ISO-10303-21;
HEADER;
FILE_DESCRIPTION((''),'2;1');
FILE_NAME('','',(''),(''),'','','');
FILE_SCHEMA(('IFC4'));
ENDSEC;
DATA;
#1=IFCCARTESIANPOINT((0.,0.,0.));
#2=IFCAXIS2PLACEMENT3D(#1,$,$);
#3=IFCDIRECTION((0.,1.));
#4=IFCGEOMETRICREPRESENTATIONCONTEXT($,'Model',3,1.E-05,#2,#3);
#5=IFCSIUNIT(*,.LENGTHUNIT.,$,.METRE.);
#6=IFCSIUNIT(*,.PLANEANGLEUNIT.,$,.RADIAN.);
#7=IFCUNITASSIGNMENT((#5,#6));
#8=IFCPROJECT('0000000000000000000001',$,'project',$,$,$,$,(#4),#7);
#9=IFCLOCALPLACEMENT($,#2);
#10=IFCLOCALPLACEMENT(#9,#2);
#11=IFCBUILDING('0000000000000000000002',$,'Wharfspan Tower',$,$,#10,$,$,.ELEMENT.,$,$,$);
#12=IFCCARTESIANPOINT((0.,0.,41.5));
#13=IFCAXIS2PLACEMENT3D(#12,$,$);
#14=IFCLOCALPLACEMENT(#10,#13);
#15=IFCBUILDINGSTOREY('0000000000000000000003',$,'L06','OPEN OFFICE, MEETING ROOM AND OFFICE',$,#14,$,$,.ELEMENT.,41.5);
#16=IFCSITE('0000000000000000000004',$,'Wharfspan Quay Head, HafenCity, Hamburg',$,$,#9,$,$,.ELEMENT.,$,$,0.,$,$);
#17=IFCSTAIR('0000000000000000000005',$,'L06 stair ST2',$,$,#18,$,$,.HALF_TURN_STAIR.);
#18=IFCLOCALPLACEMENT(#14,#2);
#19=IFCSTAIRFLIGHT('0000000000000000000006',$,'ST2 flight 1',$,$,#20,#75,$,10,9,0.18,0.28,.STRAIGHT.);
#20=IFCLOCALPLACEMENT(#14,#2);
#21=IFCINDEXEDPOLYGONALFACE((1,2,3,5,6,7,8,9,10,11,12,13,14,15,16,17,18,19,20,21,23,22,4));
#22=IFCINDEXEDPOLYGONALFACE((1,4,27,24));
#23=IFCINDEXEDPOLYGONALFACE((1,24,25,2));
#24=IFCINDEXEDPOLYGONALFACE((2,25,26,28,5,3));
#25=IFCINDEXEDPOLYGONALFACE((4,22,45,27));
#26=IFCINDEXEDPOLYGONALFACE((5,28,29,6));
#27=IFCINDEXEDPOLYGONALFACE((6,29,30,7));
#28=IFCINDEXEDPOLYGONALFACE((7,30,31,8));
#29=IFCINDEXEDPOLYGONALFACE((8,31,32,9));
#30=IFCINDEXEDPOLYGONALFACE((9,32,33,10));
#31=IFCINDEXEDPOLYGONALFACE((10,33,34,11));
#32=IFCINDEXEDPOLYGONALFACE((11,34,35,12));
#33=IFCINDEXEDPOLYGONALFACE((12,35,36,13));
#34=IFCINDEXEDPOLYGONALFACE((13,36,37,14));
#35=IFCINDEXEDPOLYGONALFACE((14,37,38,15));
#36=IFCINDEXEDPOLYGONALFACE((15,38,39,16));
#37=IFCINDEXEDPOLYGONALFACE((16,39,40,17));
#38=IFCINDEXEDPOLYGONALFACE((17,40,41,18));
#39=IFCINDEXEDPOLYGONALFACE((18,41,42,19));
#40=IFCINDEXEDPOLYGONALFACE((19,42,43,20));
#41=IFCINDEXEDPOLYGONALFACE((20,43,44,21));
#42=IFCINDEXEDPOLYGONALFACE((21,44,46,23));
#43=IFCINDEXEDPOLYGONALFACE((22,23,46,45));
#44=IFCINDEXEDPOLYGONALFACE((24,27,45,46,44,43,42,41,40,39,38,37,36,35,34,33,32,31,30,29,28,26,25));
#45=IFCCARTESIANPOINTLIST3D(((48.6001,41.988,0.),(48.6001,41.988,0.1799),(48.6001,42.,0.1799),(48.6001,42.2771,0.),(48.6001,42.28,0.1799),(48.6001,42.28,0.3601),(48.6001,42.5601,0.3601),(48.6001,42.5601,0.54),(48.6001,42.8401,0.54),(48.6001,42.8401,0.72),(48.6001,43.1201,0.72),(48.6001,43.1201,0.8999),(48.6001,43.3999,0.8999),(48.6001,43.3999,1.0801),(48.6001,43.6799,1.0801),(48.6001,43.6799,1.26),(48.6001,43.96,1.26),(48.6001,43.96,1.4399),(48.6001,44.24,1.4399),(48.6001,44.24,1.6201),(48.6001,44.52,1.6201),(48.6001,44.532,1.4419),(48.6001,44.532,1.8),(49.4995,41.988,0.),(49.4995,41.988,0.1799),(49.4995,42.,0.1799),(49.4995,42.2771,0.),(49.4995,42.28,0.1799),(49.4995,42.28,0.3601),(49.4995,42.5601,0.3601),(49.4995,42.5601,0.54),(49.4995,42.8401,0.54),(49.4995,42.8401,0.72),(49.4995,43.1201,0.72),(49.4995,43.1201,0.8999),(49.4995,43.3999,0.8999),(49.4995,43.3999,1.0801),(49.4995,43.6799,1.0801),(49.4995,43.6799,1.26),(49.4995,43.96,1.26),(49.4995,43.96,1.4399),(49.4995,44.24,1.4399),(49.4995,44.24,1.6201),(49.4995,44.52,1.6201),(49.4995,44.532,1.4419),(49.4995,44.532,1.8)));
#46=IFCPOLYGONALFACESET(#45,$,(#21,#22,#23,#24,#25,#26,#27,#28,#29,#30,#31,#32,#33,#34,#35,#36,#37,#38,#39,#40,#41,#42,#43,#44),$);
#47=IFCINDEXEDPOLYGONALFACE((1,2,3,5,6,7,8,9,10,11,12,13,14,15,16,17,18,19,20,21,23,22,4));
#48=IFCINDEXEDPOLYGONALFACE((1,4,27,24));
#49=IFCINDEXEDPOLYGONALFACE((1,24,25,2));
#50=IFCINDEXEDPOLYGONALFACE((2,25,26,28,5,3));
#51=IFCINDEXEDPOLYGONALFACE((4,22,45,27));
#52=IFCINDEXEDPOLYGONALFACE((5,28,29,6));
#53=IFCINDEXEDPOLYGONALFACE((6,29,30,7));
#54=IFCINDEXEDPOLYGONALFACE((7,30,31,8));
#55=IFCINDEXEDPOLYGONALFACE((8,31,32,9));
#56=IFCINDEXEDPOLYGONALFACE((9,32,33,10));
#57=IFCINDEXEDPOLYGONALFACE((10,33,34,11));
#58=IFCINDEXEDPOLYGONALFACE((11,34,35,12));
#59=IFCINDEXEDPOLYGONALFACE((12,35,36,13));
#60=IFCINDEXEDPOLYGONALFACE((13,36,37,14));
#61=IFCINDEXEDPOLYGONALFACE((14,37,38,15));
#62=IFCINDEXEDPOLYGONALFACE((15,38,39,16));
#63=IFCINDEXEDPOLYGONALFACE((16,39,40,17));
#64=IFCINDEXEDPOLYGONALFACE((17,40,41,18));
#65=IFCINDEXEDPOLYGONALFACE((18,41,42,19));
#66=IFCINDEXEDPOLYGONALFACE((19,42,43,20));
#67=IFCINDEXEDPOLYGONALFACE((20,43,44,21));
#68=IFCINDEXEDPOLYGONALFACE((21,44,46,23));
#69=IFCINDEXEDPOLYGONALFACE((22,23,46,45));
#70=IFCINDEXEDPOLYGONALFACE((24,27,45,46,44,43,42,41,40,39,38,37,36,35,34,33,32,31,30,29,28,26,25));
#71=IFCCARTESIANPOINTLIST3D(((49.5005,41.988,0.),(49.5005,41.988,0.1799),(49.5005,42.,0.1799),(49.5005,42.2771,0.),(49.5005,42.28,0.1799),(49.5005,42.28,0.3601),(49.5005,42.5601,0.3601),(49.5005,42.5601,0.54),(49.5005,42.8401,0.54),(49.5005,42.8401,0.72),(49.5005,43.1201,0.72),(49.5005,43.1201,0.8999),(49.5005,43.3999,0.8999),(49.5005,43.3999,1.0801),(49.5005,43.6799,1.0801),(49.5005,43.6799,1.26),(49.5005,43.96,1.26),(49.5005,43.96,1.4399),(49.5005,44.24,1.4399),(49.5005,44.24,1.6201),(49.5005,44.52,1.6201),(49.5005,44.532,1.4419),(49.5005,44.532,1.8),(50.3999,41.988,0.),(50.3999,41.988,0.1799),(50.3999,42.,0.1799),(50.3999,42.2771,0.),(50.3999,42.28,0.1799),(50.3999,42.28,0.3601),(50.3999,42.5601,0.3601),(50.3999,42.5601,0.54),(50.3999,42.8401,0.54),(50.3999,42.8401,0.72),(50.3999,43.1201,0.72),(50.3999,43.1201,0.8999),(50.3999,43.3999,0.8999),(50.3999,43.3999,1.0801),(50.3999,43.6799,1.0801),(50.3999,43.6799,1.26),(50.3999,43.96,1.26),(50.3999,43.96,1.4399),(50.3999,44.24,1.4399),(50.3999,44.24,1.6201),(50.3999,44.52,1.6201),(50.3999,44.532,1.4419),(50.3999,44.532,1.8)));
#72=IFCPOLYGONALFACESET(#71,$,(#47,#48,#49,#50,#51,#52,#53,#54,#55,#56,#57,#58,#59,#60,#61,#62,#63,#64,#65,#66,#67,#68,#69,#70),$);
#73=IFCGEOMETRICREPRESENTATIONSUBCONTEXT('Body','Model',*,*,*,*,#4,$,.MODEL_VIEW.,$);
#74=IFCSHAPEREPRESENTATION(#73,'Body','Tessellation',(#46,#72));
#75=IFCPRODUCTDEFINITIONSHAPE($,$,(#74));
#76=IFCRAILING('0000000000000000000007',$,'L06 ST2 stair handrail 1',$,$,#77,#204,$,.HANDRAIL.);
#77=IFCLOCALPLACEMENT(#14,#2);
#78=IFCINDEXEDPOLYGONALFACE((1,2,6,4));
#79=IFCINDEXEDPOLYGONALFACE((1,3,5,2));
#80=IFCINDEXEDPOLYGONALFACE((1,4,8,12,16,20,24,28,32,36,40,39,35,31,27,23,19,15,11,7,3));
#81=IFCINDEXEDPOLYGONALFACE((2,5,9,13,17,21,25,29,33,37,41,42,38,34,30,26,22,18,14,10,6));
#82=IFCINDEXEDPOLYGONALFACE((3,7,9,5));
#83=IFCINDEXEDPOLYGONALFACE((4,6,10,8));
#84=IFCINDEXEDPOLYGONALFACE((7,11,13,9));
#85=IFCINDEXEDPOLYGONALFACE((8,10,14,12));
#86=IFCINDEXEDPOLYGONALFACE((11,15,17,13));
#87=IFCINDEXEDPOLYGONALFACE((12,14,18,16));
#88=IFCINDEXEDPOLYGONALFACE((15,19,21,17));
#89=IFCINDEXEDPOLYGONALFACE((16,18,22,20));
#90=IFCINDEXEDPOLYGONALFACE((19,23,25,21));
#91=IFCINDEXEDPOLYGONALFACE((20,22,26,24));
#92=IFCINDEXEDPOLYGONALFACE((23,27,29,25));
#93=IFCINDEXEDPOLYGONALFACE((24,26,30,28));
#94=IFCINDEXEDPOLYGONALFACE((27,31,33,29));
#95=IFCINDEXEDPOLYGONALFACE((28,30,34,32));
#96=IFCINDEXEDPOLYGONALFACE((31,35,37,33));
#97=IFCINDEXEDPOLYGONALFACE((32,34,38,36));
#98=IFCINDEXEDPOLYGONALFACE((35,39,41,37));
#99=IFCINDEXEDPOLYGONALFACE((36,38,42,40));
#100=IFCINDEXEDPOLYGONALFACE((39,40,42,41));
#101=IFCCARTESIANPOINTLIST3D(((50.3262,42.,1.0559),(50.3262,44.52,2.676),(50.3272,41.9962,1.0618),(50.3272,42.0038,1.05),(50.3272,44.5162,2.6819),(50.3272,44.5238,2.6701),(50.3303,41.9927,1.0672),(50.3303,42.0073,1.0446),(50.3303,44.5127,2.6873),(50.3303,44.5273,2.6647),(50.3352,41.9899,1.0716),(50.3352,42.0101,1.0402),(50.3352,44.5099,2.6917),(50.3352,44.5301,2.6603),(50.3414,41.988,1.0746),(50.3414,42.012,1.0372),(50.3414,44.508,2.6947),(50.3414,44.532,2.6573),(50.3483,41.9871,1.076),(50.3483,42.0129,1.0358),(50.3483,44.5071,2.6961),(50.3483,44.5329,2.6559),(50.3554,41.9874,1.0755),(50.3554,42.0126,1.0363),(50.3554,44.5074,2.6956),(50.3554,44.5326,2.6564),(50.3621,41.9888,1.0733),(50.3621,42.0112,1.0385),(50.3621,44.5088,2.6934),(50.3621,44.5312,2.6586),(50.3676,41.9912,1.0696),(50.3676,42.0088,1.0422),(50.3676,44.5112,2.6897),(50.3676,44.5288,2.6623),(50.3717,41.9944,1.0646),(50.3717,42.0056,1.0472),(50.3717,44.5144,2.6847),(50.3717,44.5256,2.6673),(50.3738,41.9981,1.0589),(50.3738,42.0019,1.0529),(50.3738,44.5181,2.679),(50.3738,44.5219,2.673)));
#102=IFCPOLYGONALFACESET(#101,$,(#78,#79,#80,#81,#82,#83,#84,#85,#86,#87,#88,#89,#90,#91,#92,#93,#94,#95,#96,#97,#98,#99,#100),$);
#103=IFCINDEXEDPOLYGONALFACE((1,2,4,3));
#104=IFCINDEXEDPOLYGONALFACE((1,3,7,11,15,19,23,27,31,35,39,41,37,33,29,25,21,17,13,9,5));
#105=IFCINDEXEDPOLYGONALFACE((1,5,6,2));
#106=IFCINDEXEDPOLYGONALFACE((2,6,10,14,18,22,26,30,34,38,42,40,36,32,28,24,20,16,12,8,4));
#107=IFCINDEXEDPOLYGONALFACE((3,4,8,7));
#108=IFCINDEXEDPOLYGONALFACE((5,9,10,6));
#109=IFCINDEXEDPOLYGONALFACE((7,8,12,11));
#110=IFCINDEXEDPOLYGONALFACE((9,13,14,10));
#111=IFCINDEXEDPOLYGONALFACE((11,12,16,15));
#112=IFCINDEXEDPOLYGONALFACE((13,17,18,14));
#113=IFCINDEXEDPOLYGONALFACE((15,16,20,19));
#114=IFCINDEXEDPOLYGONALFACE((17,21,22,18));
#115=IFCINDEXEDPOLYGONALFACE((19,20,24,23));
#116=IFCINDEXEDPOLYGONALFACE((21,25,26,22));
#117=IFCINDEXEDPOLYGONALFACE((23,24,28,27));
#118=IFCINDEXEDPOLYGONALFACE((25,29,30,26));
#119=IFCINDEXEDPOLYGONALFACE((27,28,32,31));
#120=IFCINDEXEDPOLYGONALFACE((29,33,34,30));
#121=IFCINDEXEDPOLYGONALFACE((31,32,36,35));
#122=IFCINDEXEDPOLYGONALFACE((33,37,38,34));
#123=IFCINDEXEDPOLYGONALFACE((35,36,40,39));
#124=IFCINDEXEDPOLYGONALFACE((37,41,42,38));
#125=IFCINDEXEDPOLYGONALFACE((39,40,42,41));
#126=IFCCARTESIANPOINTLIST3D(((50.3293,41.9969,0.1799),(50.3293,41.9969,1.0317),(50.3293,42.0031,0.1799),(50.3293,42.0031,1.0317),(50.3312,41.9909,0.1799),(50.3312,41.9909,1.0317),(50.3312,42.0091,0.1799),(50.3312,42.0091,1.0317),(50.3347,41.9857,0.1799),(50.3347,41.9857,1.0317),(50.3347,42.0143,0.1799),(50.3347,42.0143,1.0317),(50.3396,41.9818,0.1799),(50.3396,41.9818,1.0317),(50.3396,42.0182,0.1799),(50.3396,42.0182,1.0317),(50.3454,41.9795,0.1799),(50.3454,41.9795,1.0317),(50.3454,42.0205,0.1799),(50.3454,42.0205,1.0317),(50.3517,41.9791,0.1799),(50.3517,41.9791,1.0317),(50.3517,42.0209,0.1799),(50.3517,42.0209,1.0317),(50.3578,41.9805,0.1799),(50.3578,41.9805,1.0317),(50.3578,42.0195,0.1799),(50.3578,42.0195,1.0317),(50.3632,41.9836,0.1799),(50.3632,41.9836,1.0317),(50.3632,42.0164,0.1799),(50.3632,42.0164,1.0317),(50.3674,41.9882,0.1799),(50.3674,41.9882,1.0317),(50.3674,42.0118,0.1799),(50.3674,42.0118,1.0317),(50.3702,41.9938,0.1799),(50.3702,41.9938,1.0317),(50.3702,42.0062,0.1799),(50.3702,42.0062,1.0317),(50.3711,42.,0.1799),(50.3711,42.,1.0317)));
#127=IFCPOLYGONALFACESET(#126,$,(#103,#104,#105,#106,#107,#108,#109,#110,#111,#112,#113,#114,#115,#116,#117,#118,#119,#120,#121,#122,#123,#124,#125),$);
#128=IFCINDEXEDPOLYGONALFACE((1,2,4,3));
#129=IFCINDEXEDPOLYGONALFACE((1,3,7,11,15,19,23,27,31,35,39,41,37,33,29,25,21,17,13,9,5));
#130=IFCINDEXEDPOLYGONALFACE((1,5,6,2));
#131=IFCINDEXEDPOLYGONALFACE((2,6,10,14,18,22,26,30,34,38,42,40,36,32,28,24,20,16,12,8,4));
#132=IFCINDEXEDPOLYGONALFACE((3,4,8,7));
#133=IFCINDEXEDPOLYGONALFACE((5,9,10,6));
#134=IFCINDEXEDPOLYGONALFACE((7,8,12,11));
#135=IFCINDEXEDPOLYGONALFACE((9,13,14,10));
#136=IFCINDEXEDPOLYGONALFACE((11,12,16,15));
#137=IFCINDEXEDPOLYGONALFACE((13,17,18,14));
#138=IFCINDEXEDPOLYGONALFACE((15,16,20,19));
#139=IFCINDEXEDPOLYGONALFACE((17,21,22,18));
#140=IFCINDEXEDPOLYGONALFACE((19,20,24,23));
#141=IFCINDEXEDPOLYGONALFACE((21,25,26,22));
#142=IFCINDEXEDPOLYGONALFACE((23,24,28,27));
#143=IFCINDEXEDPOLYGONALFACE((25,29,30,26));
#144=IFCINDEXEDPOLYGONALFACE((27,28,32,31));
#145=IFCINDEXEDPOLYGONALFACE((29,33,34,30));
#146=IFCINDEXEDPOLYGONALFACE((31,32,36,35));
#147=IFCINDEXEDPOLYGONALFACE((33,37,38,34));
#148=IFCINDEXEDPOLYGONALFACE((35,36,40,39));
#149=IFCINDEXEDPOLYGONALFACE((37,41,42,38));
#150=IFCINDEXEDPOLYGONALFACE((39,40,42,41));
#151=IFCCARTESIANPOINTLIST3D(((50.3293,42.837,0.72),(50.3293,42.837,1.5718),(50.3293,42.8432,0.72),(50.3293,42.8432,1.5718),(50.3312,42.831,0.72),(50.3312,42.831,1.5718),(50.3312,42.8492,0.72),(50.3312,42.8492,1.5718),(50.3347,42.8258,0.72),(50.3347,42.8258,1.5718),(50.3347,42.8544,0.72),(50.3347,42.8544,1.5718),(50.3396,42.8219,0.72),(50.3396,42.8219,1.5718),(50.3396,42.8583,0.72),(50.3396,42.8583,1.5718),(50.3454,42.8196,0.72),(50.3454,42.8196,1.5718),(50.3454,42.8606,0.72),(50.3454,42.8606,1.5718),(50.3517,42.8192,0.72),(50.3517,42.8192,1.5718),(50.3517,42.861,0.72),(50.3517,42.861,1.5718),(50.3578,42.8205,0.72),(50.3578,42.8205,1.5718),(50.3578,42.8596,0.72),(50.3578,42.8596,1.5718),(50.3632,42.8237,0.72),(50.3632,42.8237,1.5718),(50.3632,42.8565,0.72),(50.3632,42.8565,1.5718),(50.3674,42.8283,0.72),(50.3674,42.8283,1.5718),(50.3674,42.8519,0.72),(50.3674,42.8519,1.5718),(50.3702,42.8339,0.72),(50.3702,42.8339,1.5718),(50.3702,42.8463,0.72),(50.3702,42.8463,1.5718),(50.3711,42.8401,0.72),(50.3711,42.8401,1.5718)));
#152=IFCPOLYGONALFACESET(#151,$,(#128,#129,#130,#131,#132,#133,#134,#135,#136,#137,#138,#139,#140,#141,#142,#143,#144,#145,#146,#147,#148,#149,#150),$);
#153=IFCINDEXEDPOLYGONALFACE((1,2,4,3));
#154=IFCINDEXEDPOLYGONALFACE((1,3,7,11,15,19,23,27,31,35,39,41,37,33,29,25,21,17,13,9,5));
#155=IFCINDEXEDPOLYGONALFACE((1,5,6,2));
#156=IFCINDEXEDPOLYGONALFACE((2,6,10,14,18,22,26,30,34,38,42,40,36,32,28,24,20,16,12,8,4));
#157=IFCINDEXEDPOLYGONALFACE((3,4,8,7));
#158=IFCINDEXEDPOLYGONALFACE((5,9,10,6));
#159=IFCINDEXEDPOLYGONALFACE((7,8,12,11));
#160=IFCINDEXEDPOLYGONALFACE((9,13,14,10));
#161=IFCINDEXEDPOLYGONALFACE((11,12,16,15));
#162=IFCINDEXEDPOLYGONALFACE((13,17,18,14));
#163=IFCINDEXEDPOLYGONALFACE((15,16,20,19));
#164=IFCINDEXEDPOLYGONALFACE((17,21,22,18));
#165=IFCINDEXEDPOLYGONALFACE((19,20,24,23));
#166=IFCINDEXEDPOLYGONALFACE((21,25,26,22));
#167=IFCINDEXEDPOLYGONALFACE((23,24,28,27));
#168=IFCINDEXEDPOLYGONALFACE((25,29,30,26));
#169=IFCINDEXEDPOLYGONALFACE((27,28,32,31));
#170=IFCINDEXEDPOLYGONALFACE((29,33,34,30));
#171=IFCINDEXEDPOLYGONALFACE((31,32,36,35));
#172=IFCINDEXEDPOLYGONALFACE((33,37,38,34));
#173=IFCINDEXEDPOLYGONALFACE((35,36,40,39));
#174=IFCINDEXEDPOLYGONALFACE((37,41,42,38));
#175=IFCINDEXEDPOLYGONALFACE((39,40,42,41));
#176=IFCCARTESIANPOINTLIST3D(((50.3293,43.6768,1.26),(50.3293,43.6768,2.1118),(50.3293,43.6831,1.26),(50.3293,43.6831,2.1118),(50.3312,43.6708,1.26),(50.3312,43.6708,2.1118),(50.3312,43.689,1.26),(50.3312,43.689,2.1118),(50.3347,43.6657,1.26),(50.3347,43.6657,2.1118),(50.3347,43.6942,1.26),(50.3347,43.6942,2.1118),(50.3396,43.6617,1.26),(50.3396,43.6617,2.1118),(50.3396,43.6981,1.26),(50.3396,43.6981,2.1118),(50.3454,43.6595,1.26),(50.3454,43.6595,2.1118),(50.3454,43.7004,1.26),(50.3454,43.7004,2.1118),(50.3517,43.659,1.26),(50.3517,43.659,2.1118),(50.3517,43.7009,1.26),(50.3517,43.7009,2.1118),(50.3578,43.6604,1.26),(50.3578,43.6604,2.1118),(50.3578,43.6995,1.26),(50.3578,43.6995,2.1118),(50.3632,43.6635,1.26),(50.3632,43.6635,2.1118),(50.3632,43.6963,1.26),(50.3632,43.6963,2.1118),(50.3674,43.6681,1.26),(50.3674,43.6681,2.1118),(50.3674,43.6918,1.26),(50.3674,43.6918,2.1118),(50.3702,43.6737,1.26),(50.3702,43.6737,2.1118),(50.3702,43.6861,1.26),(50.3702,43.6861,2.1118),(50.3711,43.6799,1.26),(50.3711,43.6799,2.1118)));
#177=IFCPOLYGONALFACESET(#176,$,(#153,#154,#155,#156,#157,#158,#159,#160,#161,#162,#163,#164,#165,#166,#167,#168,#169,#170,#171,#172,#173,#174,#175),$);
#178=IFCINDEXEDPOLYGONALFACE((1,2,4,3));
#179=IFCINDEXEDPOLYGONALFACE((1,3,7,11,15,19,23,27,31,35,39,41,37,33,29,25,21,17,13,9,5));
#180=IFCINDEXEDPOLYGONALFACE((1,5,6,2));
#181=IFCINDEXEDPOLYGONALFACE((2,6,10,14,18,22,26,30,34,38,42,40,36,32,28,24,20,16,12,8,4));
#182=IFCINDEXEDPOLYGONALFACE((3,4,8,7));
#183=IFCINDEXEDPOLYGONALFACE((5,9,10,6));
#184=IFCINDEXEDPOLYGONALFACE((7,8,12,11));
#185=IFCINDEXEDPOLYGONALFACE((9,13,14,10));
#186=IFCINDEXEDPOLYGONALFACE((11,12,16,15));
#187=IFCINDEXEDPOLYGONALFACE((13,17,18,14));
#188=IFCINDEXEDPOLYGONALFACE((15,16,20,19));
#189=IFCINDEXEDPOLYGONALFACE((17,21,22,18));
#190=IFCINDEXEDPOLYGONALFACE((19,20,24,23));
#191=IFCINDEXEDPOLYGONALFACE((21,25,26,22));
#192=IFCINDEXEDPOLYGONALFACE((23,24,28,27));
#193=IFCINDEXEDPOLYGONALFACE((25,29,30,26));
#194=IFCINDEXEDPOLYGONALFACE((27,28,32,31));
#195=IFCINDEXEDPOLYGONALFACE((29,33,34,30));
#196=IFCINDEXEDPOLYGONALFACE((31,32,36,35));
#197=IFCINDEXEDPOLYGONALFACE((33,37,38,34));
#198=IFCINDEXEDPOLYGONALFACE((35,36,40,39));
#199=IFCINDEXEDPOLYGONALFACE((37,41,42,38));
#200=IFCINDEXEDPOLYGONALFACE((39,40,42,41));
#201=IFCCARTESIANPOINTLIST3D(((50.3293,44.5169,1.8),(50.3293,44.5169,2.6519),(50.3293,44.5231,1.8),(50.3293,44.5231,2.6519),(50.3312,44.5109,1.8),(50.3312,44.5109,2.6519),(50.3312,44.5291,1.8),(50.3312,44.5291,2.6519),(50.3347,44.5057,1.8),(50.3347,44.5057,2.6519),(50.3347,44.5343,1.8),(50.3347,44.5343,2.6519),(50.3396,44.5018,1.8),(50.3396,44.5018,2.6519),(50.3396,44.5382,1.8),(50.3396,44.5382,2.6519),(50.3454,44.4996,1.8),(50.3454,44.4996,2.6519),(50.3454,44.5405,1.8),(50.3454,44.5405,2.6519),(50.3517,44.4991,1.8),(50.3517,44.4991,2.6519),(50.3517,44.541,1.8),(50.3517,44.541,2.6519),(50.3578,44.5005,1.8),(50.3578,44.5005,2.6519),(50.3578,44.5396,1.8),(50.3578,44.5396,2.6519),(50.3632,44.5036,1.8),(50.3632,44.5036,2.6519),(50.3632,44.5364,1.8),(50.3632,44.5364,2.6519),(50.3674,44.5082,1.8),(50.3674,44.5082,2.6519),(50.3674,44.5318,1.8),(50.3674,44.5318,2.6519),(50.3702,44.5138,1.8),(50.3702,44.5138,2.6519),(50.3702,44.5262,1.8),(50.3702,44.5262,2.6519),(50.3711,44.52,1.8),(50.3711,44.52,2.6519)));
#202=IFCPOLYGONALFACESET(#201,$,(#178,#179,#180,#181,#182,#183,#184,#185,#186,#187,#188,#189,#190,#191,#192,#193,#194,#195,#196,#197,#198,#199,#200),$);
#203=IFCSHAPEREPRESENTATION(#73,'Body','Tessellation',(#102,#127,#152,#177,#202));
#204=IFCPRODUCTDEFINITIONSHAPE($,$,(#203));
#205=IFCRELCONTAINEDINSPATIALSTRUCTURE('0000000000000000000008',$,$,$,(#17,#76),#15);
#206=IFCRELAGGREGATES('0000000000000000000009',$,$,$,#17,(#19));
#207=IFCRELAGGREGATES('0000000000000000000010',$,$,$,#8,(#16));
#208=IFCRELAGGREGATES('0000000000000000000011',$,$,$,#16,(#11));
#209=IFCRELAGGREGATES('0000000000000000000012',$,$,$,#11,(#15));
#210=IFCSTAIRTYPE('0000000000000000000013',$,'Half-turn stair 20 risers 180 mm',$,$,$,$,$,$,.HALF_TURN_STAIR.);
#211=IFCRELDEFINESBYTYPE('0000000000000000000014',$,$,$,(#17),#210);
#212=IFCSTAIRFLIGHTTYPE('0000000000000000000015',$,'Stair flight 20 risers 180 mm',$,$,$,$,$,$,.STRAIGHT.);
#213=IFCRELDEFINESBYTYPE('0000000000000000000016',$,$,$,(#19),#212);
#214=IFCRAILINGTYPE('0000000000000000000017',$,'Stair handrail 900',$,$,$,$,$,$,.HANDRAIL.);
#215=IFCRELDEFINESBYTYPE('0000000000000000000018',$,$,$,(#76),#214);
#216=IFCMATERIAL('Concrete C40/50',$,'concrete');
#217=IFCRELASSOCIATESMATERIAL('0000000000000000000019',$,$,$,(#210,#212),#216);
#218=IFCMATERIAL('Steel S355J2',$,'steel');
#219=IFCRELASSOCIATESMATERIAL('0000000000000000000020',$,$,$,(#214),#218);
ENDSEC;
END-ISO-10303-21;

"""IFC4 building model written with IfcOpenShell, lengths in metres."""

from ifc_helpers import new_model, si_unit, direction, frame, origin, origin_2d, place, context, subcontext, project, spatial, polyline, circle, outline, extrude, material, type_object, element, aggregate, save


model = new_model("IFC4")

# Units and contexts
model_context = context("Model", 3, precision=1e-05, world=origin(), true_north=direction((0.0, 1.0)))
body_context = subcontext(model_context, "Body", "Model", "MODEL_VIEW")
ifc_project = project(units=[si_unit("LENGTHUNIT", "METRE"), si_unit("PLANEANGLEUNIT", "RADIAN")], contexts=[model_context])

# Site, building, storey
site_placement = place(None, origin())
site = spatial("IfcSite", under=ifc_project, at=site_placement, Name="Wharfspan Quay Head, HafenCity, Hamburg", CompositionType="ELEMENT", RefElevation=0.0)
building_placement = place(site_placement, origin())
building = spatial("IfcBuilding", under=site, at=building_placement, Name="Wharfspan Tower", CompositionType="ELEMENT")
storey_placement = place(building_placement, frame((0.0, 0.0, 41.5)))
storey = spatial("IfcBuildingStorey", under=building, at=storey_placement, Name="L06", Description="OPEN OFFICE, MEETING ROOM AND OFFICE", CompositionType="ELEMENT", Elevation=41.5)

# Shared definitions
ifc_material_1 = material(Name="Steel S355J2", Category="steel")

# Shared definitions
ifc_material_2 = material(Name="Concrete C40/50", Category="concrete")

# Stair, stair flight
stair_type = type_object("IfcStairType", Name="Half-turn stair 20 risers 180 mm", PredefinedType="HALF_TURN_STAIR", material=ifc_material_2)
stair_placement = place(storey_placement, origin())
stair = element("IfcStair", 1, at=stair_placement, inside=storey, type_object=stair_type, Name="L06 stair ST2", PredefinedType="HALF_TURN_STAIR")
stair_flight_type = type_object("IfcStairFlightType", Name="Stair flight 20 risers 180 mm", PredefinedType="STRAIGHT", material=ifc_material_2)
stair_flight_placement = place(storey_placement, frame((49.5, 42.0, 0.0), z_axis=(0.0, 0.0, 1.0), x_axis=(0.0, 1.0, 0.0)))
stair_flight = element("IfcStairFlight", 2, at=stair_flight_placement, type_object=stair_flight_type, Name="ST2 flight 1", NumberOfRisers=10, NumberOfTreads=9, PredefinedType="STRAIGHT", RiserHeight=0.18, TreadLength=0.28, context=body_context, shape_type="SweptSolid", body=[
    extrude(outline(polyline([(-0.012, 0.0), (-0.012, 0.1799), (0.0, 0.1799), (0.28, 0.1799), (0.28, 0.3601), (0.5601, 0.3601), (0.5601, 0.54), (0.8401, 0.54), (0.8401, 0.72), (1.1201, 0.72), (1.1201, 0.8999), (1.3999, 0.8999), (1.3999, 1.0801), (1.6799, 1.0801), (1.6799, 1.26), (1.96, 1.26), (1.96, 1.4399), (2.24, 1.4399), (2.24, 1.6201), (2.52, 1.6201), (2.532, 1.8), (2.532, 1.4419), (0.2771, 0.0), (-0.012, 0.0)])), frame((0.0, 0.8999, 0.0), z_axis=(0.0, -1.0, 0.0), x_axis=(1.0, 0.0, 0.0)), (0.0, 0.0, 1.0), 0.8994),
    extrude(outline(polyline([(-0.012, 0.0), (-0.012, 0.1799), (0.0, 0.1799), (0.28, 0.1799), (0.28, 0.3601), (0.5601, 0.3601), (0.5601, 0.54), (0.8401, 0.54), (0.8401, 0.72), (1.1201, 0.72), (1.1201, 0.8999), (1.3999, 0.8999), (1.3999, 1.0801), (1.6799, 1.0801), (1.6799, 1.26), (1.96, 1.26), (1.96, 1.4399), (2.24, 1.4399), (2.24, 1.6201), (2.52, 1.6201), (2.532, 1.8), (2.532, 1.4419), (0.2771, 0.0), (-0.012, 0.0)])), frame((0.0, -0.0005, 0.0), z_axis=(0.0, -1.0, 0.0), x_axis=(1.0, 0.0, 0.0)), (0.0, 0.0, 1.0), 0.8994),
])
aggregate(stair, [stair_flight])

# Railing
railing_type_1 = type_object("IfcRailingType", Name="Stair handrail 900", PredefinedType="HANDRAIL", material=ifc_material_1)
railing_1_placement = place(storey_placement, frame((50.3501, 42.0, 0.1799)))
element("IfcRailing", 3, at=railing_1_placement, inside=storey, type_object=railing_type_1, Name="L06 ST2 stair handrail 1", PredefinedType="HANDRAIL", context=body_context, shape_type="SweptSolid", body=[
    extrude(circle(Radius=0.0239, at=origin_2d()), frame((0.0, 0.0, 0.876), z_axis=(0.0, 0.841163, 0.540782), x_axis=(-1.0, 0.0, 0.0)), (0.0, 0.0, 1.0), 2.9958),
    extrude(circle(Radius=0.021, at=origin_2d()), origin(), (0.0, 0.0, 1.0), 0.8518),
    extrude(circle(Radius=0.021, at=origin_2d()), frame((0.0, 0.8401, 0.54)), (0.0, 0.0, 1.0), 0.8518),
    extrude(circle(Radius=0.021, at=origin_2d()), frame((0.0, 1.6799, 1.0801)), (0.0, 0.0, 1.0), 0.8518),
    extrude(circle(Radius=0.021, at=origin_2d()), frame((0.0, 2.52, 1.6201)), (0.0, 0.0, 1.0), 0.8518),
])

save(model, "model.ifc")
